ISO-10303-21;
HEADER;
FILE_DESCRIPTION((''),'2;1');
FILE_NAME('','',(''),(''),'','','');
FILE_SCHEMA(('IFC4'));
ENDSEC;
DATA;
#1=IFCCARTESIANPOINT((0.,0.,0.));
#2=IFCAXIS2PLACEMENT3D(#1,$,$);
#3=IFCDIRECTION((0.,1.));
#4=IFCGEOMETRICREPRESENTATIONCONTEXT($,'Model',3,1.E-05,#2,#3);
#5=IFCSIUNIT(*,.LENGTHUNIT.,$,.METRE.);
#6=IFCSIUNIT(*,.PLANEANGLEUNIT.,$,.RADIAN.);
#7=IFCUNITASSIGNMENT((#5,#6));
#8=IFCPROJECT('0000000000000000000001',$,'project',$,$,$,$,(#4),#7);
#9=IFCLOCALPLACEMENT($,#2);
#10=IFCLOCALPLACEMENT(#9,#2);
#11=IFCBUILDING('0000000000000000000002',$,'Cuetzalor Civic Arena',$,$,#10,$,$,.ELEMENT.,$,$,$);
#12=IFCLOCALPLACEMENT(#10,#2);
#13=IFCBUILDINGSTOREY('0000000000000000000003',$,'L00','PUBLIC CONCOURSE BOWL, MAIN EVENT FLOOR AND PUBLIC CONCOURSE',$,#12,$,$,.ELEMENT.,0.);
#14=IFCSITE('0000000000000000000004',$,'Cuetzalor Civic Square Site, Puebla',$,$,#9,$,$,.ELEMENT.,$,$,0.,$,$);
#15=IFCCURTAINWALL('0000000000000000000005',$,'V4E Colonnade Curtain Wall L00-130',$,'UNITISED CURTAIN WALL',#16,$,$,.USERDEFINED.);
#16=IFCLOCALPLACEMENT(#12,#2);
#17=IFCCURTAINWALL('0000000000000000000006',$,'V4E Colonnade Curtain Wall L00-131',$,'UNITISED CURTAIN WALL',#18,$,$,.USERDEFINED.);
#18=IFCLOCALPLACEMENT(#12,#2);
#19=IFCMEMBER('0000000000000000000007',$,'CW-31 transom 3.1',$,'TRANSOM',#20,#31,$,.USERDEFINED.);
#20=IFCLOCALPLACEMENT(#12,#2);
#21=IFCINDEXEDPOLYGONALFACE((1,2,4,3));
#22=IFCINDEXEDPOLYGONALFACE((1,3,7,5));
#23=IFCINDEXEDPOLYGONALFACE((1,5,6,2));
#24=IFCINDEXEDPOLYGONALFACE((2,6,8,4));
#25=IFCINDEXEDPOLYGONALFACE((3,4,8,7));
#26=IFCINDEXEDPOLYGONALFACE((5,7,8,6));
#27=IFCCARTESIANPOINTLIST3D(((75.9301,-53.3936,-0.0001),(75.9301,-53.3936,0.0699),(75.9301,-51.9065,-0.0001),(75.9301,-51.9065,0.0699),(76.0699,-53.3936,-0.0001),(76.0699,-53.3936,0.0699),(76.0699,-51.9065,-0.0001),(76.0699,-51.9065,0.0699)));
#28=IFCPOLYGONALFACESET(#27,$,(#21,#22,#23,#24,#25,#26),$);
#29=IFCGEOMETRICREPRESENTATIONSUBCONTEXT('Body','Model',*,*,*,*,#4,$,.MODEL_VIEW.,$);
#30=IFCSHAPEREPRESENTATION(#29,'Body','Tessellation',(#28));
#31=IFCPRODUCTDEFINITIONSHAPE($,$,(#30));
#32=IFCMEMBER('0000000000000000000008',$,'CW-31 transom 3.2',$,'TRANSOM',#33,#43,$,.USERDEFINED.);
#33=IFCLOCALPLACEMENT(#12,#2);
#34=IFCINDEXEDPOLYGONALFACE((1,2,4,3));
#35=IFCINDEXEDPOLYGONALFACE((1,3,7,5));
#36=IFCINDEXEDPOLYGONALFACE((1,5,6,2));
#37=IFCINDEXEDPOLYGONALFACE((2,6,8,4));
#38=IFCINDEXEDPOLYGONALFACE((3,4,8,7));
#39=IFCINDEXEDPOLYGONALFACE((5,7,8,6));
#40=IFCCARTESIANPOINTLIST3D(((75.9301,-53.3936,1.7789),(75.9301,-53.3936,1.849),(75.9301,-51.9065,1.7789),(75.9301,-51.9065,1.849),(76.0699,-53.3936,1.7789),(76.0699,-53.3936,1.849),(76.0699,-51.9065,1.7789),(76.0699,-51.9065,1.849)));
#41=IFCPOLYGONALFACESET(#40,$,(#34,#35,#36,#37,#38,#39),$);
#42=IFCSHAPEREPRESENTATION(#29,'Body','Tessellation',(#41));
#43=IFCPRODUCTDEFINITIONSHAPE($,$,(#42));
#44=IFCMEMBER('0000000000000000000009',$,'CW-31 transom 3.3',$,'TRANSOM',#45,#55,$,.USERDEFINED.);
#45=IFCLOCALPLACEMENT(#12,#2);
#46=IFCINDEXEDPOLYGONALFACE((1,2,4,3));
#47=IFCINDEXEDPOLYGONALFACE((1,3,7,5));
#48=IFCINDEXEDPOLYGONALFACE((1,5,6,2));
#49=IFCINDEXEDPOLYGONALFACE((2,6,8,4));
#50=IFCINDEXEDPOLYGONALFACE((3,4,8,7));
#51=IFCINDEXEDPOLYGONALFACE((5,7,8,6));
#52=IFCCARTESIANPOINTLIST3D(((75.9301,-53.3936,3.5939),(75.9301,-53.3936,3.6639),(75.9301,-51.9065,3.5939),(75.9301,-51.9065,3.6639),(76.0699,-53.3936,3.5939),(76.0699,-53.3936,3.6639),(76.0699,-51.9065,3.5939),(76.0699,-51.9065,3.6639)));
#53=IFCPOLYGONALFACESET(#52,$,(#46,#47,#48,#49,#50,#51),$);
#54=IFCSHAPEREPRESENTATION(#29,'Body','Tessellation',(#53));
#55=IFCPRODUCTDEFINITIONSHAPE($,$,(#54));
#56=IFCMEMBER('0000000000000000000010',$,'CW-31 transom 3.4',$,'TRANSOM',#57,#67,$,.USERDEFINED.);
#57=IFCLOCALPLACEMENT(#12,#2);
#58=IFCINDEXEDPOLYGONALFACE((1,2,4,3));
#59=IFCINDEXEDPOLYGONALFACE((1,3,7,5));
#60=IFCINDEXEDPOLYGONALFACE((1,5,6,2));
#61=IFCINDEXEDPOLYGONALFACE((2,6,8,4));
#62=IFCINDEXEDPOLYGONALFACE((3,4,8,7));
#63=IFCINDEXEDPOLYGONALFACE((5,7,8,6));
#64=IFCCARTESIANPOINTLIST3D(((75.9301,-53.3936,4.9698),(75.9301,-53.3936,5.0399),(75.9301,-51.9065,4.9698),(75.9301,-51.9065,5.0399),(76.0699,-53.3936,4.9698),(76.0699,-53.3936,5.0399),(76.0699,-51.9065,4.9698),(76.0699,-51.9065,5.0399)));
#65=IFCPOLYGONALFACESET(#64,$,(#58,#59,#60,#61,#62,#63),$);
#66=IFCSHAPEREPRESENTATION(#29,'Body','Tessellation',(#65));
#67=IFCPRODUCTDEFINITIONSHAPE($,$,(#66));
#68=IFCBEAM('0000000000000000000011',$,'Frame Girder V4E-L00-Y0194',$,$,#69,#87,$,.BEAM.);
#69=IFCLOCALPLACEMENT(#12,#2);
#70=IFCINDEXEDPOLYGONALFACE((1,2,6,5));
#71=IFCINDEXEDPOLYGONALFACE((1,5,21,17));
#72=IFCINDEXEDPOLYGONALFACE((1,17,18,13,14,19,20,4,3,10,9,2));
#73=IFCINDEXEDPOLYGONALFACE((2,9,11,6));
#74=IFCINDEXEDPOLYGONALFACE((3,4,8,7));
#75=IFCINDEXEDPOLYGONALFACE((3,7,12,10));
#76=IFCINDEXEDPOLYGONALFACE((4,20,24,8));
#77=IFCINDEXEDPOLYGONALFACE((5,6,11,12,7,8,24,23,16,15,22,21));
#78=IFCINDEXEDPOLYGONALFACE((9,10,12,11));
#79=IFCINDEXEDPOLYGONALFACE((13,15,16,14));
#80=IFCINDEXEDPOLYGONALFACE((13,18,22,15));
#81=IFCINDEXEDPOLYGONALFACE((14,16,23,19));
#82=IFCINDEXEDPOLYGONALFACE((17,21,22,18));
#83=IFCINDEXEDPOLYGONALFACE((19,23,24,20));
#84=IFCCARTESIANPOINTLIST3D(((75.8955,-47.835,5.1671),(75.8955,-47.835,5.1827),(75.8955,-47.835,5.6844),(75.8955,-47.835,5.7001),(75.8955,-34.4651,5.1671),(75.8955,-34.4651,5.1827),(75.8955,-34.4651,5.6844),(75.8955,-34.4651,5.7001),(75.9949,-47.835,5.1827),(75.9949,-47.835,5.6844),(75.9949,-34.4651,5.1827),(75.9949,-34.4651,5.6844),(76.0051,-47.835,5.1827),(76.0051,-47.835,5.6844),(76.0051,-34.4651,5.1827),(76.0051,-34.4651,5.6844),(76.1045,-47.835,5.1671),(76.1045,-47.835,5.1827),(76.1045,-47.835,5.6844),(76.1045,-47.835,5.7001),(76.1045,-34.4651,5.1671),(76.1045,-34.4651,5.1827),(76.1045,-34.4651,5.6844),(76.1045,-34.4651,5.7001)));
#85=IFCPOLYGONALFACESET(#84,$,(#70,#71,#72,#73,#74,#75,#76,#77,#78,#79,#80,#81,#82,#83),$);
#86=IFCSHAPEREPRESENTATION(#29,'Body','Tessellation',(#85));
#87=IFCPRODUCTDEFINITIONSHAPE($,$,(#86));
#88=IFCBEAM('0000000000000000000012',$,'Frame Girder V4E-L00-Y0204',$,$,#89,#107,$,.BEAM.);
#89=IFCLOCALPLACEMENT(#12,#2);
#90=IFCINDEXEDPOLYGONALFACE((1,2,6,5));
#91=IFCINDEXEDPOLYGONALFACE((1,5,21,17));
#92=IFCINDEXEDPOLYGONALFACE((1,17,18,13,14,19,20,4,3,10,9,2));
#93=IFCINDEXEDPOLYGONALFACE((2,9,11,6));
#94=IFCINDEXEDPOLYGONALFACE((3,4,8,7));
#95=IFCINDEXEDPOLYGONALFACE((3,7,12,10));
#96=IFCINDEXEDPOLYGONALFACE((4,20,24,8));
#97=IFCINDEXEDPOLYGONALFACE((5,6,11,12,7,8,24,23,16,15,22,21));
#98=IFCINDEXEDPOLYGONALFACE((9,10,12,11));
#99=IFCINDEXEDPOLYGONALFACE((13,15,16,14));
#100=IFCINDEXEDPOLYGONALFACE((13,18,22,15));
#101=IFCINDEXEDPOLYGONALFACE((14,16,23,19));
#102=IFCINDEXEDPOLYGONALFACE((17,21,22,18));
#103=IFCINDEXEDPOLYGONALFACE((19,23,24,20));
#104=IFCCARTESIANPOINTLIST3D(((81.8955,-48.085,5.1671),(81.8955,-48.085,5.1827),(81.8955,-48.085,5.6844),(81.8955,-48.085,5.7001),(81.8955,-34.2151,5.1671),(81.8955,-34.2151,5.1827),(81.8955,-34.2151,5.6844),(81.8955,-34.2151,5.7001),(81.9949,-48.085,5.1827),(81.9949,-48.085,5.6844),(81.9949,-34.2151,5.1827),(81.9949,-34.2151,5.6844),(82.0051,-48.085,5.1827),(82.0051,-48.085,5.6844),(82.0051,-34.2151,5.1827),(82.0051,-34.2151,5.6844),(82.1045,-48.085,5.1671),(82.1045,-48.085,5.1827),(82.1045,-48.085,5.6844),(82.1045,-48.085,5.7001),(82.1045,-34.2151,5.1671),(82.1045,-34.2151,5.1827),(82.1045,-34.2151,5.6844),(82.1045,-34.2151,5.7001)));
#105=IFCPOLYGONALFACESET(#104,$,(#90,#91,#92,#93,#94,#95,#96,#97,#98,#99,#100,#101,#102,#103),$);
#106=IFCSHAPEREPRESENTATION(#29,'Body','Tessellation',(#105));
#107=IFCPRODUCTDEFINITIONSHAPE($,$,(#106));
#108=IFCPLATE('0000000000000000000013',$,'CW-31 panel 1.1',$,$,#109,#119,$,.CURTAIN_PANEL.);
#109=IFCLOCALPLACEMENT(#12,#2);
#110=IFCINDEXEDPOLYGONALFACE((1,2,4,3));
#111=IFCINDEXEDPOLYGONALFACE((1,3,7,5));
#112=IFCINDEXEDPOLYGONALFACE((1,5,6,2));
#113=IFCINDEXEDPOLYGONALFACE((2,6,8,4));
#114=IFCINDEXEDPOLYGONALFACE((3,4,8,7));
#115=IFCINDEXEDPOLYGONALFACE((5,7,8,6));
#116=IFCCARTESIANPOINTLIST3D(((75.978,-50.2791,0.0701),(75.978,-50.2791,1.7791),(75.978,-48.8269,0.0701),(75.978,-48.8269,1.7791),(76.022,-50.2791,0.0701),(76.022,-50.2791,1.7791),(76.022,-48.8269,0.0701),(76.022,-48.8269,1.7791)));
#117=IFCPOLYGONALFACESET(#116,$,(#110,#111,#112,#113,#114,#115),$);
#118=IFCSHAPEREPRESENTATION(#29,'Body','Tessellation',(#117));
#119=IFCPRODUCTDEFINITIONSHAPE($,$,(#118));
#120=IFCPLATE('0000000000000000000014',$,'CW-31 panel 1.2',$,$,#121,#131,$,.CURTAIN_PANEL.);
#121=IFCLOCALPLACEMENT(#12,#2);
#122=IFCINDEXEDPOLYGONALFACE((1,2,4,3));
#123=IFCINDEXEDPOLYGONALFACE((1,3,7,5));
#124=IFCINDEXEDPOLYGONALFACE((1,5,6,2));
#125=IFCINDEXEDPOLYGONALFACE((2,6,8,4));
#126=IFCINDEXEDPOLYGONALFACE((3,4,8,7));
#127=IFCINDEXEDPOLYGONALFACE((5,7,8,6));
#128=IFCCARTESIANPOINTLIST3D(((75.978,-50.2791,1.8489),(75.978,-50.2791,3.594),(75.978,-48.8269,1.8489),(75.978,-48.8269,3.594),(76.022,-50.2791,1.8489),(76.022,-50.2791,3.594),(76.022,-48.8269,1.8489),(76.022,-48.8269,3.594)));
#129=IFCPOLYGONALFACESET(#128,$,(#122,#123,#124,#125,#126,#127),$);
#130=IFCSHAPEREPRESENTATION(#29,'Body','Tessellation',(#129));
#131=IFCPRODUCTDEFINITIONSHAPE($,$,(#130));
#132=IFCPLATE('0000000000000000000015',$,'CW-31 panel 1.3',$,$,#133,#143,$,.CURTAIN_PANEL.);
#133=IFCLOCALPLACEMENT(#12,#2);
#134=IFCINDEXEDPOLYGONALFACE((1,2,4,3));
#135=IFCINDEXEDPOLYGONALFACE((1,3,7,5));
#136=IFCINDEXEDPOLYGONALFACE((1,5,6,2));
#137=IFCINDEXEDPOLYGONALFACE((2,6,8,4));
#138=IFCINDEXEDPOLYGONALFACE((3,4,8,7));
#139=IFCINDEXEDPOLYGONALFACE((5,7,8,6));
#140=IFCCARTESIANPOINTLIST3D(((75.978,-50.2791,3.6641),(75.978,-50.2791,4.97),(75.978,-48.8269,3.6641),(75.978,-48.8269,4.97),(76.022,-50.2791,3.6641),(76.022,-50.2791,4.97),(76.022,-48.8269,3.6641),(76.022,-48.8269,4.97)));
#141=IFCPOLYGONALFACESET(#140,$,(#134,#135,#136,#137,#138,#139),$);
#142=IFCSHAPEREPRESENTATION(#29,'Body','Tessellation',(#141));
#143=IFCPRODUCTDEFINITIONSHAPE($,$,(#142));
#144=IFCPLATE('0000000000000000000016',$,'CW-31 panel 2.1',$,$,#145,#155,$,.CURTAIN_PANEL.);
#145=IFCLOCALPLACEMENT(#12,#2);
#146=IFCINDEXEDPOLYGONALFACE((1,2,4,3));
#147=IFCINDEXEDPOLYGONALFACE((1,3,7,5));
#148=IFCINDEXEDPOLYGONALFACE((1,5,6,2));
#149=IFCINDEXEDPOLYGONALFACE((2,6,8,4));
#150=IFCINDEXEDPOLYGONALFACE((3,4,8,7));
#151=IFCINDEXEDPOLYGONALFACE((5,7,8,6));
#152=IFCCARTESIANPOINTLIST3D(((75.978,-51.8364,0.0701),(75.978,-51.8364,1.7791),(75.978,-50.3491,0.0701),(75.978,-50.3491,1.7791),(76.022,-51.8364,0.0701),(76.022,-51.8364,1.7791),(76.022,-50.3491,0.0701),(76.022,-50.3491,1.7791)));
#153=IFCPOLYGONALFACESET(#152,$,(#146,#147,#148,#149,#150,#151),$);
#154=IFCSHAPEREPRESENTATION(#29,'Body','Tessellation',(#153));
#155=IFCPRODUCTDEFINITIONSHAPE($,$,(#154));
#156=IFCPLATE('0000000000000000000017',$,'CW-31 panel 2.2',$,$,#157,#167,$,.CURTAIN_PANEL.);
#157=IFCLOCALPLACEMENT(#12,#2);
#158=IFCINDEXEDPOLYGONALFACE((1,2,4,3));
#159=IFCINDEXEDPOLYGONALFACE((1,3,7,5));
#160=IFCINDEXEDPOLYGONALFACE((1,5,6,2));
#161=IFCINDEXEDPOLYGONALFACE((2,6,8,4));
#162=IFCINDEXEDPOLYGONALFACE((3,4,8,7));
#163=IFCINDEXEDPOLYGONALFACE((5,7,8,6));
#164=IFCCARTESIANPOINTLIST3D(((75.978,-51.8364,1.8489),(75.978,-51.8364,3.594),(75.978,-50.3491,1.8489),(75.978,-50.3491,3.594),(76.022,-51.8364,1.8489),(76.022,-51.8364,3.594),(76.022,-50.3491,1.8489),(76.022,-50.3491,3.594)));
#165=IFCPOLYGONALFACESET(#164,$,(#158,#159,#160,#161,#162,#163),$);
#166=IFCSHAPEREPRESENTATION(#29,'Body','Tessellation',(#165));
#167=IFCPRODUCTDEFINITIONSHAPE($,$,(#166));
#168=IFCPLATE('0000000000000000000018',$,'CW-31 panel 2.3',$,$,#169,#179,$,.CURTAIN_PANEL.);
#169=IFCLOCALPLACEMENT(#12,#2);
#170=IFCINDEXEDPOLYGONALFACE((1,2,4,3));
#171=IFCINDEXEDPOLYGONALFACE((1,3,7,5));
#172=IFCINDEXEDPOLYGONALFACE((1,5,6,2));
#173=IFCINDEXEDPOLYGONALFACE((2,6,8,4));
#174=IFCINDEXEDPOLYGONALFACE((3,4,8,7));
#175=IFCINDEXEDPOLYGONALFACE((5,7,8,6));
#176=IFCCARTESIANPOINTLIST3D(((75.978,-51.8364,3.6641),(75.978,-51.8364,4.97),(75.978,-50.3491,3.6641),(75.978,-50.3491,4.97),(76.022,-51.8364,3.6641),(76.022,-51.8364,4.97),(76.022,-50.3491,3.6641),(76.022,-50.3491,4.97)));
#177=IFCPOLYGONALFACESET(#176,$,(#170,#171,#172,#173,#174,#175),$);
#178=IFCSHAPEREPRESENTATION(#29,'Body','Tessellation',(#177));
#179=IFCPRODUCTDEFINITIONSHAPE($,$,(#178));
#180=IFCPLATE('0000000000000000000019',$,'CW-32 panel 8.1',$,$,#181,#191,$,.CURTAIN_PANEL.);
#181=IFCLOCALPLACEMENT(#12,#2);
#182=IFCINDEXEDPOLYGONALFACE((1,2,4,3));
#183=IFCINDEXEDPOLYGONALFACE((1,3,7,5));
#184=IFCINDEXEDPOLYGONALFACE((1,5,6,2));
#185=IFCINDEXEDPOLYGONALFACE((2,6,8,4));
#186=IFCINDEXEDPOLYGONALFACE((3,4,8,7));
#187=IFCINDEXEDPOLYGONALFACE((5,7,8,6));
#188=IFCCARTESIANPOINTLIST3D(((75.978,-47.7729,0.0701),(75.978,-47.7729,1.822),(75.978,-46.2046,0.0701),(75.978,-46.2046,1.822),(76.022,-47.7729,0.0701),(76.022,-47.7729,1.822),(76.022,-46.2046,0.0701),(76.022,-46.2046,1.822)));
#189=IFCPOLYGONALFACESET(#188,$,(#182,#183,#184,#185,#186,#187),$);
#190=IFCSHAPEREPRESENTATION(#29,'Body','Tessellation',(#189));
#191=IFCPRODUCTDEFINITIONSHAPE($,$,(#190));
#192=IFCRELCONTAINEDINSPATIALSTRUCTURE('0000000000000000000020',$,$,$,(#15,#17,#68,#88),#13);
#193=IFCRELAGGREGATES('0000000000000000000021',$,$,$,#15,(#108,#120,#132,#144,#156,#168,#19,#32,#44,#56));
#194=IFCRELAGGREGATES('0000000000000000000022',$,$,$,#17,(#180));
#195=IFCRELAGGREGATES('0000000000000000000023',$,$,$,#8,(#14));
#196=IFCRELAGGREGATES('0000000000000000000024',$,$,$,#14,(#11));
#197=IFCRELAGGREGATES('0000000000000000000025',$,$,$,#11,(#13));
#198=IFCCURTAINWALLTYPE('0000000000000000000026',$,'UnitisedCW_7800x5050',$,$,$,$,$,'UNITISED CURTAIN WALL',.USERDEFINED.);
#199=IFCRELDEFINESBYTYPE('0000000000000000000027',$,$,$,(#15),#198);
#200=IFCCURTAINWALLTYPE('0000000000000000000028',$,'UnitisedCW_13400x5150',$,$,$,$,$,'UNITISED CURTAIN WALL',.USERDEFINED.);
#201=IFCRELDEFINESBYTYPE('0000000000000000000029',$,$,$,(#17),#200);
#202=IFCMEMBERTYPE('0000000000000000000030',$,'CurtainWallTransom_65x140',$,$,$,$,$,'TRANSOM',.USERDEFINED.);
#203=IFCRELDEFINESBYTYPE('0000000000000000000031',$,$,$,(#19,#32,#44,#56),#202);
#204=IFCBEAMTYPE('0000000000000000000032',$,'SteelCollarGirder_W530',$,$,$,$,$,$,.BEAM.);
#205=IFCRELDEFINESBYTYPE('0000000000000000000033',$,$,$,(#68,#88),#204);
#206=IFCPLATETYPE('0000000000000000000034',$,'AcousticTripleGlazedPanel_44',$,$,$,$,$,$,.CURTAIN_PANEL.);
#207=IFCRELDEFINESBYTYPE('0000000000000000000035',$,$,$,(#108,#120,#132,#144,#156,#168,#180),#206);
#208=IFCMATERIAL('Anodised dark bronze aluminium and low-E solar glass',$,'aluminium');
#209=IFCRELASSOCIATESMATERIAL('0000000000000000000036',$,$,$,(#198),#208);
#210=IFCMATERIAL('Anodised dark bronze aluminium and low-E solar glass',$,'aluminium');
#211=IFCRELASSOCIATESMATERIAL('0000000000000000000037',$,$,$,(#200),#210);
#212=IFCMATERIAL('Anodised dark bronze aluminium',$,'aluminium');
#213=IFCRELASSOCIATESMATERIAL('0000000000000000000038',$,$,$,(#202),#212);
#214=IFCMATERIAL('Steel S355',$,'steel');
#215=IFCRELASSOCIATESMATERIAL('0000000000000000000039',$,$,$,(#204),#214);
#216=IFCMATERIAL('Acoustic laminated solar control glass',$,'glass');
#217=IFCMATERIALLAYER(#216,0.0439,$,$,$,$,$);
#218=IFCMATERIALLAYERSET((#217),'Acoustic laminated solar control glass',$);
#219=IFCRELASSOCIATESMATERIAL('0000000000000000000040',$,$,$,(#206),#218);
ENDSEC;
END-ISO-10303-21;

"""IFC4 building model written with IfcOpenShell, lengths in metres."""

from ifc_helpers import new_model, si_unit, direction, frame, origin, origin_2d, place, context, subcontext, project, spatial, rectangle, i_section, extrude, material, layer, layer_set, material_profile, profile_set, type_object, element, aggregate, save


model = new_model("IFC4")

# Units and contexts
model_context = context("Model", 3, precision=1e-05, world=origin(), true_north=direction((0.0, 1.0)))
body_context = subcontext(model_context, "Body", "Model", "MODEL_VIEW")
ifc_project = project(units=[si_unit("LENGTHUNIT", "METRE"), si_unit("PLANEANGLEUNIT", "RADIAN")], contexts=[model_context])

# Site, building, storey
site_placement = place(None, origin())
site = spatial("IfcSite", under=ifc_project, at=site_placement, Name="Cuetzalor Civic Square Site, Puebla", CompositionType="ELEMENT", RefElevation=0.0)
building_placement = place(site_placement, origin())
building = spatial("IfcBuilding", under=site, at=building_placement, Name="Cuetzalor Civic Arena", CompositionType="ELEMENT")
storey_placement = place(building_placement, origin())
storey = spatial("IfcBuildingStorey", under=building, at=storey_placement, Name="L00", Description="PUBLIC CONCOURSE BOWL, MAIN EVENT FLOOR AND PUBLIC CONCOURSE", CompositionType="ELEMENT", Elevation=0.0)

# Curtain wall
ifc_material_1 = material(Name="Anodised dark bronze aluminium and low-E solar glass", Category="aluminium")
curtain_wall_type_1 = type_object("IfcCurtainWallType", Name="UnitisedCW_7800x5050", ElementType="UNITISED CURTAIN WALL", PredefinedType="USERDEFINED", material=ifc_material_1)
curtain_wall_1_placement = place(storey_placement, origin())
curtain_wall_1 = element("IfcCurtainWall", 1, at=curtain_wall_1_placement, inside=storey, type_object=curtain_wall_type_1, Name="V4E Colonnade Curtain Wall L00-130", ObjectType="UNITISED CURTAIN WALL", PredefinedType="USERDEFINED")

# Curtain wall
ifc_material_2 = material(Name="Anodised dark bronze aluminium and low-E solar glass", Category="aluminium")
curtain_wall_type_2 = type_object("IfcCurtainWallType", Name="UnitisedCW_13400x5150", ElementType="UNITISED CURTAIN WALL", PredefinedType="USERDEFINED", material=ifc_material_2)
curtain_wall_2_placement = place(storey_placement, origin())
curtain_wall_2 = element("IfcCurtainWall", 2, at=curtain_wall_2_placement, inside=storey, type_object=curtain_wall_type_2, Name="V4E Colonnade Curtain Wall L00-131", ObjectType="UNITISED CURTAIN WALL", PredefinedType="USERDEFINED")

# Members
ifc_material_3 = material(Name="Anodised dark bronze aluminium", Category="aluminium")
ifc_material_profile_1 = material_profile(ifc_material_3, rectangle(XDim=0.1399, YDim=0.0701, at=origin_2d()), Name="ALU TRANSOM 70x140")
ifc_profile_set_1 = profile_set([ifc_material_profile_1], Name="Anodised dark bronze aluminium")
member_type_1 = type_object("IfcMemberType", Name="CurtainWallTransom_65x140", ElementType="TRANSOM", PredefinedType="USERDEFINED", material=ifc_profile_set_1)
member_1_placement = place(storey_placement, frame((76.0, -51.9065, 0.0349), z_axis=(0.0, -1.0, 0.0), x_axis=(1.0, 0.0, 0.0)))
member_1 = element("IfcMember", 3, at=member_1_placement, type_object=member_type_1, Name="CW-31 transom 3.1", ObjectType="TRANSOM", PredefinedType="USERDEFINED", context=body_context, shape_type="SweptSolid", body=[
    extrude(rectangle(XDim=0.1399, YDim=0.0701, at=origin_2d()), origin(), (0.0, 0.0, 1.0), 1.4871),
])
member_2_placement = place(storey_placement, frame((76.0, -51.9065, 1.814), z_axis=(0.0, -1.0, 0.0), x_axis=(1.0, 0.0, 0.0)))
member_2 = element("IfcMember", 4, at=member_2_placement, type_object=member_type_1, Name="CW-31 transom 3.2", ObjectType="TRANSOM", PredefinedType="USERDEFINED", context=body_context, shape_type="SweptSolid", body=[
    extrude(rectangle(XDim=0.1399, YDim=0.0701, at=origin_2d()), origin(), (0.0, 0.0, 1.0), 1.4871),
])
member_3_placement = place(storey_placement, frame((76.0, -51.9065, 3.6289), z_axis=(0.0, -1.0, 0.0), x_axis=(1.0, 0.0, 0.0)))
member_3 = element("IfcMember", 5, at=member_3_placement, type_object=member_type_1, Name="CW-31 transom 3.3", ObjectType="TRANSOM", PredefinedType="USERDEFINED", context=body_context, shape_type="SweptSolid", body=[
    extrude(rectangle(XDim=0.1399, YDim=0.0701, at=origin_2d()), origin(), (0.0, 0.0, 1.0), 1.4871),
])
member_4_placement = place(storey_placement, frame((76.0, -51.9065, 5.0049), z_axis=(0.0, -1.0, 0.0), x_axis=(1.0, 0.0, 0.0)))
member_4 = element("IfcMember", 6, at=member_4_placement, type_object=member_type_1, Name="CW-31 transom 3.4", ObjectType="TRANSOM", PredefinedType="USERDEFINED", context=body_context, shape_type="SweptSolid", body=[
    extrude(rectangle(XDim=0.1399, YDim=0.0701, at=origin_2d()), origin(), (0.0, 0.0, 1.0), 1.4871),
])

# Beams
ifc_material_4 = material(Name="Steel S355", Category="steel")
ifc_material_profile_2 = material_profile(ifc_material_4, i_section(OverallWidth=0.209, OverallDepth=0.533, WebThickness=0.0103, FlangeThickness=0.0156, at=origin_2d()), Name="W530x92")
ifc_profile_set_2 = profile_set([ifc_material_profile_2], Name="Steel S355")
beam_type_1 = type_object("IfcBeamType", Name="SteelCollarGirder_W530", PredefinedType="BEAM", material=ifc_profile_set_2)
beam_1_placement = place(storey_placement, frame((76.0, -47.835, 5.4336), z_axis=(0.0, 1.0, 0.0), x_axis=(-1.0, 0.0, 0.0)))
element("IfcBeam", 7, at=beam_1_placement, inside=storey, type_object=beam_type_1, Name="Frame Girder V4E-L00-Y0194", PredefinedType="BEAM", context=body_context, shape_type="SweptSolid", body=[
    extrude(i_section(OverallWidth=0.209, OverallDepth=0.533, WebThickness=0.0103, FlangeThickness=0.0156, at=origin_2d()), origin(), (0.0, 0.0, 1.0), 13.3699),
])
beam_2_placement = place(storey_placement, frame((82.0, -48.085, 5.4336), z_axis=(0.0, 1.0, 0.0), x_axis=(-1.0, 0.0, 0.0)))
element("IfcBeam", 8, at=beam_2_placement, inside=storey, type_object=beam_type_1, Name="Frame Girder V4E-L00-Y0204", PredefinedType="BEAM", context=body_context, shape_type="SweptSolid", body=[
    extrude(i_section(OverallWidth=0.209, OverallDepth=0.533, WebThickness=0.0103, FlangeThickness=0.0156, at=origin_2d()), origin(), (0.0, 0.0, 1.0), 13.8699),
])

# Plates
ifc_material_5 = material(Name="Acoustic laminated solar control glass", Category="glass")
ifc_layer_1 = layer(ifc_material_5, 0.0439)
ifc_layer_set_1 = layer_set([ifc_layer_1], Name="Acoustic laminated solar control glass")
plate_type = type_object("IfcPlateType", Name="AcousticTripleGlazedPanel_44", PredefinedType="CURTAIN_PANEL", material=ifc_layer_set_1)
plate_1_placement = place(storey_placement, frame((76.0, -49.553, 0.0701), z_axis=(0.0, 0.0, 1.0), x_axis=(0.0, -1.0, 0.0)))
plate_1 = element("IfcPlate", 9, at=plate_1_placement, type_object=plate_type, Name="CW-31 panel 1.1", PredefinedType="CURTAIN_PANEL", context=body_context, shape_type="SweptSolid", body=[
    extrude(rectangle(XDim=1.4521, YDim=0.0439, at=origin_2d()), origin(), (0.0, 0.0, 1.0), 1.709),
])
plate_2_placement = place(storey_placement, frame((76.0, -49.553, 1.8489), z_axis=(0.0, 0.0, 1.0), x_axis=(0.0, -1.0, 0.0)))
plate_2 = element("IfcPlate", 10, at=plate_2_placement, type_object=plate_type, Name="CW-31 panel 1.2", PredefinedType="CURTAIN_PANEL", context=body_context, shape_type="SweptSolid", body=[
    extrude(rectangle(XDim=1.4521, YDim=0.0439, at=origin_2d()), origin(), (0.0, 0.0, 1.0), 1.7451),
])
plate_3_placement = place(storey_placement, frame((76.0, -49.553, 3.6641), z_axis=(0.0, 0.0, 1.0), x_axis=(0.0, -1.0, 0.0)))
plate_3 = element("IfcPlate", 11, at=plate_3_placement, type_object=plate_type, Name="CW-31 panel 1.3", PredefinedType="CURTAIN_PANEL", context=body_context, shape_type="SweptSolid", body=[
    extrude(rectangle(XDim=1.4521, YDim=0.0439, at=origin_2d()), origin(), (0.0, 0.0, 1.0), 1.3059),
])
plate_4_placement = place(storey_placement, frame((76.0, -51.0928, 0.0701), z_axis=(0.0, 0.0, 1.0), x_axis=(0.0, -1.0, 0.0)))
plate_4 = element("IfcPlate", 12, at=plate_4_placement, type_object=plate_type, Name="CW-31 panel 2.1", PredefinedType="CURTAIN_PANEL", context=body_context, shape_type="SweptSolid", body=[
    extrude(rectangle(XDim=1.4873, YDim=0.0439, at=origin_2d()), origin(), (0.0, 0.0, 1.0), 1.709),
])
plate_5_placement = place(storey_placement, frame((76.0, -51.0928, 1.8489), z_axis=(0.0, 0.0, 1.0), x_axis=(0.0, -1.0, 0.0)))
plate_5 = element("IfcPlate", 13, at=plate_5_placement, type_object=plate_type, Name="CW-31 panel 2.2", PredefinedType="CURTAIN_PANEL", context=body_context, shape_type="SweptSolid", body=[
    extrude(rectangle(XDim=1.4873, YDim=0.0439, at=origin_2d()), origin(), (0.0, 0.0, 1.0), 1.7451),
])
plate_6_placement = place(storey_placement, frame((76.0, -51.0928, 3.6641), z_axis=(0.0, 0.0, 1.0), x_axis=(0.0, -1.0, 0.0)))
plate_6 = element("IfcPlate", 14, at=plate_6_placement, type_object=plate_type, Name="CW-31 panel 2.3", PredefinedType="CURTAIN_PANEL", context=body_context, shape_type="SweptSolid", body=[
    extrude(rectangle(XDim=1.4873, YDim=0.0439, at=origin_2d()), origin(), (0.0, 0.0, 1.0), 1.3059),
])
aggregate(curtain_wall_1, [plate_1, plate_2, plate_3, plate_4, plate_5, plate_6, member_1, member_2, member_3, member_4])
plate_7_placement = place(storey_placement, frame((76.0, -46.9888, 0.0701), z_axis=(0.0, 0.0, 1.0), x_axis=(0.0, -1.0, 0.0)))
plate_7 = element("IfcPlate", 15, at=plate_7_placement, type_object=plate_type, Name="CW-32 panel 8.1", PredefinedType="CURTAIN_PANEL", context=body_context, shape_type="SweptSolid", body=[
    extrude(rectangle(XDim=1.5684, YDim=0.0439, at=origin_2d()), origin(), (0.0, 0.0, 1.0), 1.752),
])
aggregate(curtain_wall_2, [plate_7])

save(model, "model.ifc")
